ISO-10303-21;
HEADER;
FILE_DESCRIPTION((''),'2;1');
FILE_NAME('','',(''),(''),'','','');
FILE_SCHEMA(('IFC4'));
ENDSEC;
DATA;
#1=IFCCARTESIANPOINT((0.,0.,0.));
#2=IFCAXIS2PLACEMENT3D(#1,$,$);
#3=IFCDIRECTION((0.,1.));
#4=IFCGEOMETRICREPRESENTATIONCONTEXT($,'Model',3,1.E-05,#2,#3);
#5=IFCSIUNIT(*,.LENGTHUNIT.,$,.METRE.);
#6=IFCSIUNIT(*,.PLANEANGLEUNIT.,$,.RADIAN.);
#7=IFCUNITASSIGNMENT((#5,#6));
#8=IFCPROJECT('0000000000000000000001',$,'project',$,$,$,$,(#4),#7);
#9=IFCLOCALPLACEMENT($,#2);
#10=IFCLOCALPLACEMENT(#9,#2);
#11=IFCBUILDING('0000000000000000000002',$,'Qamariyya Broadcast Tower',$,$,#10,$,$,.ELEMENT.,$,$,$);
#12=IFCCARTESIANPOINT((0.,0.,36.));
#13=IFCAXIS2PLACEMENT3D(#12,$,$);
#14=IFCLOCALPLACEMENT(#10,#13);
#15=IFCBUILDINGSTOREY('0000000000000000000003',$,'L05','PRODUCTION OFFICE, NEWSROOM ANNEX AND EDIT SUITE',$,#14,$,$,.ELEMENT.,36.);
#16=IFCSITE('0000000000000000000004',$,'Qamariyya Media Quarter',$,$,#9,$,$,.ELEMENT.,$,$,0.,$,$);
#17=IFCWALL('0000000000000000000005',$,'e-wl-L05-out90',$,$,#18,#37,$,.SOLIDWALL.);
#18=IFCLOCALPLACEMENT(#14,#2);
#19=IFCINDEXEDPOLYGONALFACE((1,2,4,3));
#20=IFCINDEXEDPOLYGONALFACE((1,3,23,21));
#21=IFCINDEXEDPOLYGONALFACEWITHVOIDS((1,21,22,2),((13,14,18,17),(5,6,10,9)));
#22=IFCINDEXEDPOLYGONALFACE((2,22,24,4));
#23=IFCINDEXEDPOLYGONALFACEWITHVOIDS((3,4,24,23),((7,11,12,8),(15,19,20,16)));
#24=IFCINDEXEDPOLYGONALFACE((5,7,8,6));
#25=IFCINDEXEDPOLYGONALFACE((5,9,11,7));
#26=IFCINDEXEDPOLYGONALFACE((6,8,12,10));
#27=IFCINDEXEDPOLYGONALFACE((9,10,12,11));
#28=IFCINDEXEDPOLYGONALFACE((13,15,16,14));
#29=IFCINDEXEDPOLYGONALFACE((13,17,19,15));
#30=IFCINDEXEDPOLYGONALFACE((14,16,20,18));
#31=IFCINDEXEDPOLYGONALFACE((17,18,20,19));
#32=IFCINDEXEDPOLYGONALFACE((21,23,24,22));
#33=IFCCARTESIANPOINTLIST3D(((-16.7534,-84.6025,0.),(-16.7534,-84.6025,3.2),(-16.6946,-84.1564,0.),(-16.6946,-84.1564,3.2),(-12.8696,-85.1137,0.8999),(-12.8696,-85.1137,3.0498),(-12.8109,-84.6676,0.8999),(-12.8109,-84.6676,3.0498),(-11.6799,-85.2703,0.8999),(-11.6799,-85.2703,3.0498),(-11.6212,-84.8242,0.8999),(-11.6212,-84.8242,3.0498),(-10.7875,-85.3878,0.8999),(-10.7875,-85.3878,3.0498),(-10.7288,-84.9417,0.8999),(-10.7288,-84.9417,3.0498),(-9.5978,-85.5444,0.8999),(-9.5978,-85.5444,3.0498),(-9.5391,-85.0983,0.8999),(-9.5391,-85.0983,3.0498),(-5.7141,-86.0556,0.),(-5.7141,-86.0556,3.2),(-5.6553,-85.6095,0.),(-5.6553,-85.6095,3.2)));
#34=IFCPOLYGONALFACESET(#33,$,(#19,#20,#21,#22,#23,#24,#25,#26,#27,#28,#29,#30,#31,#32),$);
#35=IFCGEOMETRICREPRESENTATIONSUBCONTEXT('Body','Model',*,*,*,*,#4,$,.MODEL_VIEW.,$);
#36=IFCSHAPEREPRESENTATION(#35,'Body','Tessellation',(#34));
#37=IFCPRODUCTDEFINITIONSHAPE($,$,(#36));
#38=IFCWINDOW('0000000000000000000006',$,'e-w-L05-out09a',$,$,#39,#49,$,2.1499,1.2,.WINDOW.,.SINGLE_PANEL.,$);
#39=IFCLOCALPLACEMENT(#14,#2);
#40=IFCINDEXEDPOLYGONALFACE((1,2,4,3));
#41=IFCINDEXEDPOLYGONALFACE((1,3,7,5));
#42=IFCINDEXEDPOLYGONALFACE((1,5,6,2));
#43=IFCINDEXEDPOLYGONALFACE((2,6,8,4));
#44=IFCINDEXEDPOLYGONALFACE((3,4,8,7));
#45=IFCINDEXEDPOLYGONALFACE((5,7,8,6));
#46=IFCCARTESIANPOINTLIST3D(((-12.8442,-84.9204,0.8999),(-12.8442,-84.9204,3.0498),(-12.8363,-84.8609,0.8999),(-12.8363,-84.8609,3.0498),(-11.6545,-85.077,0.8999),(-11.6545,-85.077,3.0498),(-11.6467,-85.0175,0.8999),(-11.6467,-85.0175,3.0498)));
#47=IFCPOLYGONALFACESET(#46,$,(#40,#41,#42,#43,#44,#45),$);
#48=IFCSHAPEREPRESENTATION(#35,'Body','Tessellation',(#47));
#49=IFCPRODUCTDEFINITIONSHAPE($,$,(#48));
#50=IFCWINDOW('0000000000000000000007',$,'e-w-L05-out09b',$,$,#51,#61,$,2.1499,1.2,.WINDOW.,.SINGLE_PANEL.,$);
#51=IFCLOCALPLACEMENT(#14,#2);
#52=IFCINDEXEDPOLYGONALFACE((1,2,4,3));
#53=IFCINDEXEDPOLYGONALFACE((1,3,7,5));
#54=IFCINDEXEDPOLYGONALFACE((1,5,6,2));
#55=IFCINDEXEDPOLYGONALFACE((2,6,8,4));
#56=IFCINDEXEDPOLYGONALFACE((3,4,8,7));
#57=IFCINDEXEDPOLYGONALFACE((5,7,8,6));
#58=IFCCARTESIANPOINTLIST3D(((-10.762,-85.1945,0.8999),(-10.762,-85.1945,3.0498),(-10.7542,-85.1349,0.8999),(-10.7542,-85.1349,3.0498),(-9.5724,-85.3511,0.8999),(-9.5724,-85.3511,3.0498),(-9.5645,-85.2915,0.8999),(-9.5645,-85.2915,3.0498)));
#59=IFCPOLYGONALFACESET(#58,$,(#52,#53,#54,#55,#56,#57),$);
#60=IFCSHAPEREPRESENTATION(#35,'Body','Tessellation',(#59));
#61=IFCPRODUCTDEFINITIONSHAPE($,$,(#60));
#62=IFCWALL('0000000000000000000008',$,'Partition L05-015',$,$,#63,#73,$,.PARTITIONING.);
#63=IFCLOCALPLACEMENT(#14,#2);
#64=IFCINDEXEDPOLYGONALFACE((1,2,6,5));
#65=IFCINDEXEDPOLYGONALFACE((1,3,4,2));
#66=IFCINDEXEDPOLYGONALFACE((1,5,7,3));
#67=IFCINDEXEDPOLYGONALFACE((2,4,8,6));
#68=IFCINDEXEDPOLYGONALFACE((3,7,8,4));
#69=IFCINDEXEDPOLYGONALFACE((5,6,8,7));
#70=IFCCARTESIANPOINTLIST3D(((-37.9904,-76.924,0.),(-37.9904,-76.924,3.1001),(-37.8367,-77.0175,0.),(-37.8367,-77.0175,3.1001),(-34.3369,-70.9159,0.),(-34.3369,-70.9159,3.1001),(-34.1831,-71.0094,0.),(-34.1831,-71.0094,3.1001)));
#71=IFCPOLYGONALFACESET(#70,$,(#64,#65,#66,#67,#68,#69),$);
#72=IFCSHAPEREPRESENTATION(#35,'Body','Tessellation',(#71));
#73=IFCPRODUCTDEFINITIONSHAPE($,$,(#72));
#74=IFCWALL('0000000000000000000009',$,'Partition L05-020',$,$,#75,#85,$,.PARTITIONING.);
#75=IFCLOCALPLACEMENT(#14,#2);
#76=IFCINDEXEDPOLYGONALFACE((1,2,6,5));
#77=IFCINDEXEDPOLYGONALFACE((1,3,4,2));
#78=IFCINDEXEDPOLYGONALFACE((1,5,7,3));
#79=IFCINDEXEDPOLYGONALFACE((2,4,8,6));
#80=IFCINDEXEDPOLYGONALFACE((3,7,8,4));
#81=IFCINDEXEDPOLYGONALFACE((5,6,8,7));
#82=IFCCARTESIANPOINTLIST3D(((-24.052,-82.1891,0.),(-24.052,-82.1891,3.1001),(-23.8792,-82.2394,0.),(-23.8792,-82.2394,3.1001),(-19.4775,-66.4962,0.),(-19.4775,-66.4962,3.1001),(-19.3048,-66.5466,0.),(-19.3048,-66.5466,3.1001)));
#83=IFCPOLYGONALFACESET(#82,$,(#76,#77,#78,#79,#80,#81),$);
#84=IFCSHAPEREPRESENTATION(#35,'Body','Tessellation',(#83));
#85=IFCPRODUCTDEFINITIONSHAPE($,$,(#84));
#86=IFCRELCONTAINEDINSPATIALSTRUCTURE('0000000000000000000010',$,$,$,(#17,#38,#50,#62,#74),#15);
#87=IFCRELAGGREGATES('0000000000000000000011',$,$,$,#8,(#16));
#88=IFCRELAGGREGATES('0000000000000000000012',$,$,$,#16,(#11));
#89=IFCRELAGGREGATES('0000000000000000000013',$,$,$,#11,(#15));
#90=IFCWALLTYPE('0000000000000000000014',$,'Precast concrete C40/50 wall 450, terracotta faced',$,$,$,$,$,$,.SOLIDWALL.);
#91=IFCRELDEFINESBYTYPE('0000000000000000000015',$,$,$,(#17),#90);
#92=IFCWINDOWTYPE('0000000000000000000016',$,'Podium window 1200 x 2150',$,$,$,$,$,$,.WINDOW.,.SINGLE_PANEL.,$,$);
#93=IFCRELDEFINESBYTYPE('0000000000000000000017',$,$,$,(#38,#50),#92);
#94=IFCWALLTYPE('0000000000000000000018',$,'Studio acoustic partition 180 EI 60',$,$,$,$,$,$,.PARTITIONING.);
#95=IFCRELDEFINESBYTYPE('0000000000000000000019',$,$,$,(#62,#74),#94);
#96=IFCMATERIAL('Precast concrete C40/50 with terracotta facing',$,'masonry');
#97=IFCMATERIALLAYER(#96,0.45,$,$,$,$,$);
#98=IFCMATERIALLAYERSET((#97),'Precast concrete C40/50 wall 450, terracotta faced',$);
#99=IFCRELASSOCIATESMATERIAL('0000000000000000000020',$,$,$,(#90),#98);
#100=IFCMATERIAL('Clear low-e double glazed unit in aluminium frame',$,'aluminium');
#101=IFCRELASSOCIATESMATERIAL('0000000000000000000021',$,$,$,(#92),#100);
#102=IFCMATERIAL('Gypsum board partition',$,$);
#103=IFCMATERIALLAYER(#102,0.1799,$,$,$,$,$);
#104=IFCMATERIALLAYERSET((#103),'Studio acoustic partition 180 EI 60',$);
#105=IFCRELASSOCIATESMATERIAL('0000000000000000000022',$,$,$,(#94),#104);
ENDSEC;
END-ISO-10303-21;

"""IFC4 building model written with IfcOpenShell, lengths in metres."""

from ifc_helpers import new_model, si_unit, direction, frame, frame_2d, origin, place, context, subcontext, project, spatial, rectangle, extrude, material, layer, layer_set, type_object, element, fill, save


model = new_model("IFC4")

# Units and contexts
model_context = context("Model", 3, precision=1e-05, world=origin(), true_north=direction((0.0, 1.0)))
body_context = subcontext(model_context, "Body", "Model", "MODEL_VIEW")
ifc_project = project(units=[si_unit("LENGTHUNIT", "METRE"), si_unit("PLANEANGLEUNIT", "RADIAN")], contexts=[model_context])

# Site, building, storey
site_placement = place(None, origin())
site = spatial("IfcSite", under=ifc_project, at=site_placement, Name="Qamariyya Media Quarter", CompositionType="ELEMENT", RefElevation=0.0)
building_placement = place(site_placement, origin())
building = spatial("IfcBuilding", under=site, at=building_placement, Name="Qamariyya Broadcast Tower", CompositionType="ELEMENT")
storey_placement = place(building_placement, frame((0.0, 0.0, 36.0)))
storey = spatial("IfcBuildingStorey", under=building, at=storey_placement, Name="L05", Description="PRODUCTION OFFICE, NEWSROOM ANNEX AND EDIT SUITE", CompositionType="ELEMENT", Elevation=36.0)

# Wall, openings, windows
ifc_material_1 = material(Name="Precast concrete C40/50 with terracotta facing", Category="masonry")
ifc_layer_1 = layer(ifc_material_1, 0.45)
ifc_layer_set_1 = layer_set([ifc_layer_1], Name="Precast concrete C40/50 wall 450, terracotta faced")
wall_type_1 = type_object("IfcWallType", Name="Precast concrete C40/50 wall 450, terracotta faced", PredefinedType="SOLIDWALL", material=ifc_layer_set_1)
ifc_material_2 = material(Name="Clear low-e double glazed unit in aluminium frame", Category="aluminium")
window_type = type_object("IfcWindowType", Name="Podium window 1200 x 2150", PartitioningType="SINGLE_PANEL", PredefinedType="WINDOW", material=ifc_material_2)
wall_1_placement = place(storey_placement, frame((-16.7241, -84.3794, 0.0), z_axis=(0.0, 0.0, 1.0), x_axis=(0.991448, -0.130506, 0.0)))
wall_1 = element("IfcWall", 1, at=wall_1_placement, inside=storey, type_object=wall_type_1, Name="e-wl-L05-out90", PredefinedType="SOLIDWALL", context=body_context, shape_type="SweptSolid", body=[
    extrude(rectangle(XDim=11.1345, YDim=0.45, at=frame_2d((5.5674, 0.0))), origin(), (0.0, 0.0, 1.0), 3.2),
])
opening_1_placement = place(wall_1_placement, frame((3.9172, 0.0, 0.8999)))
opening_1 = element("IfcOpeningElement", 2, at=opening_1_placement, cuts=wall_1, PredefinedType="OPENING", context=body_context, shape_type="SweptSolid", body=[
    extrude(rectangle(XDim=1.2, YDim=2.1499, at=frame_2d((0.6001, 1.075))), frame((0.0, 0.2349, 0.0), z_axis=(0.0, -1.0, 0.0), x_axis=(1.0, 0.0, 0.0)), (0.0, 0.0, 1.0), 0.47),
])
opening_2_placement = place(wall_1_placement, frame((6.0173, 0.0, 0.8999)))
opening_2 = element("IfcOpeningElement", 3, at=opening_2_placement, cuts=wall_1, PredefinedType="OPENING", context=body_context, shape_type="SweptSolid", body=[
    extrude(rectangle(XDim=1.2, YDim=2.1499, at=frame_2d((0.6001, 1.075))), frame((0.0, 0.2349, 0.0), z_axis=(0.0, -1.0, 0.0), x_axis=(1.0, 0.0, 0.0)), (0.0, 0.0, 1.0), 0.47),
])
window_1_placement = place(opening_1_placement, origin())
window_1 = element("IfcWindow", 4, at=window_1_placement, inside=storey, type_object=window_type, Name="e-w-L05-out09a", OverallHeight=2.1499, OverallWidth=1.2, PartitioningType="SINGLE_PANEL", PredefinedType="WINDOW", context=body_context, shape_type="SweptSolid", body=[
    extrude(rectangle(XDim=1.2, YDim=2.1499, at=frame_2d((0.6001, 1.075))), frame((0.0, 0.03, 0.0), z_axis=(0.0, -1.0, 0.0), x_axis=(1.0, 0.0, 0.0)), (0.0, 0.0, 1.0), 0.0601),
])
fill(opening_1, window_1)
window_2_placement = place(opening_2_placement, origin())
window_2 = element("IfcWindow", 5, at=window_2_placement, inside=storey, type_object=window_type, Name="e-w-L05-out09b", OverallHeight=2.1499, OverallWidth=1.2, PartitioningType="SINGLE_PANEL", PredefinedType="WINDOW", context=body_context, shape_type="SweptSolid", body=[
    extrude(rectangle(XDim=1.2, YDim=2.1499, at=frame_2d((0.6001, 1.075))), frame((0.0, 0.03, 0.0), z_axis=(0.0, -1.0, 0.0), x_axis=(1.0, 0.0, 0.0)), (0.0, 0.0, 1.0), 0.0601),
])
fill(opening_2, window_2)

# Wall
ifc_material_3 = material(Name="Gypsum board partition")
ifc_layer_2 = layer(ifc_material_3, 0.1799)
ifc_layer_set_2 = layer_set([ifc_layer_2], Name="Studio acoustic partition 180 EI 60")
wall_type_2 = type_object("IfcWallType", Name="Studio acoustic partition 180 EI 60", PredefinedType="PARTITIONING", material=ifc_layer_set_2)
wall_2_placement = place(storey_placement, frame((-34.26, -70.9626, 0.0), z_axis=(0.0, 0.0, 1.0), x_axis=(-0.519582, -0.85442, 0.0)))
element("IfcWall", 6, at=wall_2_placement, inside=storey, type_object=wall_type_2, Name="Partition L05-015", PredefinedType="PARTITIONING", context=body_context, shape_type="SweptSolid", body=[
    extrude(rectangle(XDim=7.0317, YDim=0.1799, at=frame_2d((3.5159, 0.0))), origin(), (0.0, 0.0, 1.0), 3.1001),
])

# Wall
wall_3_placement = place(storey_placement, frame((-23.9656, -82.2141, 0.0), z_axis=(0.0, 0.0, 1.0), x_axis=(0.279852, 0.960043, 0.0)))
element("IfcWall", 7, at=wall_3_placement, inside=storey, type_object=wall_type_2, Name="Partition L05-020", PredefinedType="PARTITIONING", context=body_context, shape_type="SweptSolid", body=[
    extrude(rectangle(XDim=16.3459, YDim=0.1799, at=frame_2d((8.1729, 0.0))), origin(), (0.0, 0.0, 1.0), 3.1001),
])

save(model, "model.ifc")
